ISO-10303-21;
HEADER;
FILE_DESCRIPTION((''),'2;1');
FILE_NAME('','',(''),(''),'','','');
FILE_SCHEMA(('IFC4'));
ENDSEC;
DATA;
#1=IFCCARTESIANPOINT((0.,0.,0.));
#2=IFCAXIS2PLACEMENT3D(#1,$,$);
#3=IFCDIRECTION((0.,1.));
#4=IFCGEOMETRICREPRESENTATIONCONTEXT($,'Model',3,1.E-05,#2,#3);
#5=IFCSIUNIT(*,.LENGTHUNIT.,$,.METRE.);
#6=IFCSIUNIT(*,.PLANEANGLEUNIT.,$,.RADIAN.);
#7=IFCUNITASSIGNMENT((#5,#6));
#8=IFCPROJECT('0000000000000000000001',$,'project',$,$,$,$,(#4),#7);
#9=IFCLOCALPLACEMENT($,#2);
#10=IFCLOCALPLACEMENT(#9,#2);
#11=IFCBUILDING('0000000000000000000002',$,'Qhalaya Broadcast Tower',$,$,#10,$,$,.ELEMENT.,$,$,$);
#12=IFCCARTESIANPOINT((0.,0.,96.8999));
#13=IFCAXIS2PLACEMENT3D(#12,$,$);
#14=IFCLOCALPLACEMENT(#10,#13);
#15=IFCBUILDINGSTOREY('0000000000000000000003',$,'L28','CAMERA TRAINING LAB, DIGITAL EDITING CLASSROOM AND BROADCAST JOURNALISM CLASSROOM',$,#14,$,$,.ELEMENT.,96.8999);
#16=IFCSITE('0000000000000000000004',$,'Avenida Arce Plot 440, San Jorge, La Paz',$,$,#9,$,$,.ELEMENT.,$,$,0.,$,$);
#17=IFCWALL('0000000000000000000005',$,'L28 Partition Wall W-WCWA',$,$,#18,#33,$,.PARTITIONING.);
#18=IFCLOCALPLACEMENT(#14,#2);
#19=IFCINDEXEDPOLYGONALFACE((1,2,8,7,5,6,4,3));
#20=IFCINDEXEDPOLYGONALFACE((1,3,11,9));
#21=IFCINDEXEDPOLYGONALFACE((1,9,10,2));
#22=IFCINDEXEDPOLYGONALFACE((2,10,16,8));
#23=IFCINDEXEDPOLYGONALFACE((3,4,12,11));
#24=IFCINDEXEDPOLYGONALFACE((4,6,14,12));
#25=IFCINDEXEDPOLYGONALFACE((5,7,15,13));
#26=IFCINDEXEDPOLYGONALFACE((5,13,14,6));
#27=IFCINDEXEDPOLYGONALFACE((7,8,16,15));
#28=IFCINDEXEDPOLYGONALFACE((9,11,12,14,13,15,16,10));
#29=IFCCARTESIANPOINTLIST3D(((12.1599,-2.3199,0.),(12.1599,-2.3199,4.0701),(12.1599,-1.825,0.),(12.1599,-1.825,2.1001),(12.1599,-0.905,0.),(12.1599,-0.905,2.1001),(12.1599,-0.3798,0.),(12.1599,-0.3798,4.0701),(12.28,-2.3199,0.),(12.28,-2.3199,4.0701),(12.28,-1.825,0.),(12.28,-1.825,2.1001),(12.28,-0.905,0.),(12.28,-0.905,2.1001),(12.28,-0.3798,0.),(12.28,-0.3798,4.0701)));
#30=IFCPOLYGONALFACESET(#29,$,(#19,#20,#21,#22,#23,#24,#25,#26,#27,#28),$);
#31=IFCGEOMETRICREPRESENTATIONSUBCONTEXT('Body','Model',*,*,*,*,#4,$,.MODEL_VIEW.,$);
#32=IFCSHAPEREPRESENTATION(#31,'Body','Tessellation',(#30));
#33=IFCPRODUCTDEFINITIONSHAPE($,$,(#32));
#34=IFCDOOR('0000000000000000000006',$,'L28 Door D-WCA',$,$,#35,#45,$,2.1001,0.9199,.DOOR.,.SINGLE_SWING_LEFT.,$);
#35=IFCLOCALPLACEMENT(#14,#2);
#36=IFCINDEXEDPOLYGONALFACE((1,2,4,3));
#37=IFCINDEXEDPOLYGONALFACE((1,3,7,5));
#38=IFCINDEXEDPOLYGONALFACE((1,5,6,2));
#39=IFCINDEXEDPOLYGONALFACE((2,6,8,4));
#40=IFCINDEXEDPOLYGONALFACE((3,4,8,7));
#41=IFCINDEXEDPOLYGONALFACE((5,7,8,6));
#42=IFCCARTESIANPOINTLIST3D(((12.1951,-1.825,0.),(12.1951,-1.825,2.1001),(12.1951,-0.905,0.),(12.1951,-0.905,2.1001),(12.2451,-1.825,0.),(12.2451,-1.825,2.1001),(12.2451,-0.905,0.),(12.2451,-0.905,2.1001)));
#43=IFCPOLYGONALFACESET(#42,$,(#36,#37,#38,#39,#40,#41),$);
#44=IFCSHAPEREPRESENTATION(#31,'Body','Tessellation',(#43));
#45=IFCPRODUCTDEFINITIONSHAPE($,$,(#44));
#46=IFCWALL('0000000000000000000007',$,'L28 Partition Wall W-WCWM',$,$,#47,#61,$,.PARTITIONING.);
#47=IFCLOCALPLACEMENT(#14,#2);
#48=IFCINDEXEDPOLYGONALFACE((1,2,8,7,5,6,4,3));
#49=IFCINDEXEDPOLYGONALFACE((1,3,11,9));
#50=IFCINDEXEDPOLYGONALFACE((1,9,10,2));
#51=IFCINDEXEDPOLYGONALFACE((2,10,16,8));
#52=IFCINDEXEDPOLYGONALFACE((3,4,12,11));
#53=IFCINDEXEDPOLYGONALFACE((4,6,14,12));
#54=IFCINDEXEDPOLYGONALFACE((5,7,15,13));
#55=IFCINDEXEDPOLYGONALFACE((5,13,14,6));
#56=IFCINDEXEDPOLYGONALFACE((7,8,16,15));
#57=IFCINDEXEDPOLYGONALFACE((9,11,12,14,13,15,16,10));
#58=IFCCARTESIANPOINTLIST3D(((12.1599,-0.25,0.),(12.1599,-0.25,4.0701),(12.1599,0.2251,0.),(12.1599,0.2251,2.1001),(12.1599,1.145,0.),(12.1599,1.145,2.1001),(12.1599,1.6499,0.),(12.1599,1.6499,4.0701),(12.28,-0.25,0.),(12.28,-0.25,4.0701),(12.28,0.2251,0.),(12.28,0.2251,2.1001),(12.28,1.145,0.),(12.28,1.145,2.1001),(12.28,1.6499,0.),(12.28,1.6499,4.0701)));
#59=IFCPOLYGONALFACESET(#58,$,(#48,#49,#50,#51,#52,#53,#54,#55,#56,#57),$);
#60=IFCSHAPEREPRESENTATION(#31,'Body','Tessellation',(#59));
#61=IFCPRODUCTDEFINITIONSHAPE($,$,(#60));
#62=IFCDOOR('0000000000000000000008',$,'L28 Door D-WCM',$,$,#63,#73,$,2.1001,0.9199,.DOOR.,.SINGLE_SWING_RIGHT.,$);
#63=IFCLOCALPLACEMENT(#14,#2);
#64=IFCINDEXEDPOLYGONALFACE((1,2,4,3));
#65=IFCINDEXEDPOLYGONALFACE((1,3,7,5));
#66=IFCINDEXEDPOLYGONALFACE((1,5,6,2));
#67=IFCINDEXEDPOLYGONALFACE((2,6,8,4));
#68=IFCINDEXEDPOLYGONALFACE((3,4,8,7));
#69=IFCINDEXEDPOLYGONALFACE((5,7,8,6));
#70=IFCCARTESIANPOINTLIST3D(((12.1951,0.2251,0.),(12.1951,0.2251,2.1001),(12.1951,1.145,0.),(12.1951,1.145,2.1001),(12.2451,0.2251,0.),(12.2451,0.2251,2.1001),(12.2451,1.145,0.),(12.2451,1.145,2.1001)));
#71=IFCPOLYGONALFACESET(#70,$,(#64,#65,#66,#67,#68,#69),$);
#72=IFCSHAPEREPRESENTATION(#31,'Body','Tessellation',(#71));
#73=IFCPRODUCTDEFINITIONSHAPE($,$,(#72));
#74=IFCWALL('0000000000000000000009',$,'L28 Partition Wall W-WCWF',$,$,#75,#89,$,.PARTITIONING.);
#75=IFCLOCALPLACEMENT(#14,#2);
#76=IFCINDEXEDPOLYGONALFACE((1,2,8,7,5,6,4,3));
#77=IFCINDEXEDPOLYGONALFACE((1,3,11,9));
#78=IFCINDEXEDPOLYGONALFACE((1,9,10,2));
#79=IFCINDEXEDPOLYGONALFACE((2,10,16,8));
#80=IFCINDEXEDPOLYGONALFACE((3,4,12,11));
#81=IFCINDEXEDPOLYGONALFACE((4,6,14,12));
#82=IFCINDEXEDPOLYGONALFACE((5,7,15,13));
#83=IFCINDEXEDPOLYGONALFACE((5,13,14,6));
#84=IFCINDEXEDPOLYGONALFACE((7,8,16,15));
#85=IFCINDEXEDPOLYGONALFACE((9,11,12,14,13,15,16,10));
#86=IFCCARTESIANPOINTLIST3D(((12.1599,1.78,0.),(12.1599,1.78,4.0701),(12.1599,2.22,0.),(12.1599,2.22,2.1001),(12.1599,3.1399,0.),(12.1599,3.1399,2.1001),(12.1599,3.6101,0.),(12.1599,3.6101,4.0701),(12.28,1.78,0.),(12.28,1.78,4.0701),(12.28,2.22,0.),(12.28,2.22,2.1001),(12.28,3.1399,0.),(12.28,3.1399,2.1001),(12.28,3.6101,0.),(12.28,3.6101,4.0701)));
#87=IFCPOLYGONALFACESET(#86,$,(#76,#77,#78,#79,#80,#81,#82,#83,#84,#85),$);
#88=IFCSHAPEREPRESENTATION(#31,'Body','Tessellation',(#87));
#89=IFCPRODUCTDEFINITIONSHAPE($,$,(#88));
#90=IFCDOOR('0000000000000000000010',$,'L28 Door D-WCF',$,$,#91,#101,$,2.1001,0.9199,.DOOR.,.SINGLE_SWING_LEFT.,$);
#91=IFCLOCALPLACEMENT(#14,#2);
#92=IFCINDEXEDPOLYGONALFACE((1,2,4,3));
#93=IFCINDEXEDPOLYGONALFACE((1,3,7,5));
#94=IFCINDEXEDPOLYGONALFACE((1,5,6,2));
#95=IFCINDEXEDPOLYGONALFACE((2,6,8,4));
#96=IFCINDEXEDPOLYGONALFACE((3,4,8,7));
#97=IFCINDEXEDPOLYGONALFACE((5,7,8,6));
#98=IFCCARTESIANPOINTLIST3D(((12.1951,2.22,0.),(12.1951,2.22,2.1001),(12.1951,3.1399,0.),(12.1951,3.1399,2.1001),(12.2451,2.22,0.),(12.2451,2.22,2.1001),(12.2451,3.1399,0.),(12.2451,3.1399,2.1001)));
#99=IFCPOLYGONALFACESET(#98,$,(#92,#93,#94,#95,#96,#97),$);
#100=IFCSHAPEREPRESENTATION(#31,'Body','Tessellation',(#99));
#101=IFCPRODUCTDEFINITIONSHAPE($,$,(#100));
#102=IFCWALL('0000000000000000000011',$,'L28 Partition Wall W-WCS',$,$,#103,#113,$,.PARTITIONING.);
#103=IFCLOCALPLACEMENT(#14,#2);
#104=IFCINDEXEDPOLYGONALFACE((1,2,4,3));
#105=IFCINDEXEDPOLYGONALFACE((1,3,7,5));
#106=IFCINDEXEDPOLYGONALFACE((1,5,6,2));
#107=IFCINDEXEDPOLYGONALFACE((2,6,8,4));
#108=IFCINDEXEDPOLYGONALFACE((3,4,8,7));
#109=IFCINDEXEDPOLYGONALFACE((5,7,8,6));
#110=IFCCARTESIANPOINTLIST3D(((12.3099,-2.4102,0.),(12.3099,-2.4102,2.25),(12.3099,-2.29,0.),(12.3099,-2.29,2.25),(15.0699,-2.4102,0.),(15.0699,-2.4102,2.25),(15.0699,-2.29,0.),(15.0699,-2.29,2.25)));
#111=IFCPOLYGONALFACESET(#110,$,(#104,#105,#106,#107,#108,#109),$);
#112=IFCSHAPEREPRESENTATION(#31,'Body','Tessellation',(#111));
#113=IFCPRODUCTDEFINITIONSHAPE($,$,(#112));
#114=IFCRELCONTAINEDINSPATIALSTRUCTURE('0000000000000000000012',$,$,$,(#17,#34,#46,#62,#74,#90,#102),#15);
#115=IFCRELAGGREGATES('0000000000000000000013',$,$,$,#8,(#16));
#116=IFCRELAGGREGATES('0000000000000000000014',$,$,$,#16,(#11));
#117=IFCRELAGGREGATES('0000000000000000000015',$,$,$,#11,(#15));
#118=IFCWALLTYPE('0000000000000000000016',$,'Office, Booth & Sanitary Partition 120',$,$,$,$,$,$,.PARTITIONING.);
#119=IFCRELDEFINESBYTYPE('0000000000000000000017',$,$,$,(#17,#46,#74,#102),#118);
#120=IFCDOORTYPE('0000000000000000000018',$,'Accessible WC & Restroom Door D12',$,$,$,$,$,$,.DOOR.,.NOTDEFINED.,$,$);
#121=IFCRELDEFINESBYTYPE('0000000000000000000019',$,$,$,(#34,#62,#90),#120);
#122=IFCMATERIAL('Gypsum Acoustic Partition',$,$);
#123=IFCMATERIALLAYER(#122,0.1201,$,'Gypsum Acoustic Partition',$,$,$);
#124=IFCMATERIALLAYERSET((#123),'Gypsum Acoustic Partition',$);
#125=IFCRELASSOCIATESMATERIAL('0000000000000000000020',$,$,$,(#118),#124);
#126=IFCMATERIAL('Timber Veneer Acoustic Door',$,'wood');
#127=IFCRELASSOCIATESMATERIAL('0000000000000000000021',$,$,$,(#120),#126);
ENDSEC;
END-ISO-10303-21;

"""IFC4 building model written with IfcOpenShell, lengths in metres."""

from ifc_helpers import new_model, si_unit, direction, frame, frame_2d, origin, place, context, subcontext, project, spatial, rectangle, extrude, material, layer, layer_set, type_object, element, fill, save


model = new_model("IFC4")

# Units and contexts
model_context = context("Model", 3, precision=1e-05, world=origin(), true_north=direction((0.0, 1.0)))
body_context = subcontext(model_context, "Body", "Model", "MODEL_VIEW")
ifc_project = project(units=[si_unit("LENGTHUNIT", "METRE"), si_unit("PLANEANGLEUNIT", "RADIAN")], contexts=[model_context])

# Site, building, storey
site_placement = place(None, origin())
site = spatial("IfcSite", under=ifc_project, at=site_placement, Name="Avenida Arce Plot 440, San Jorge, La Paz", CompositionType="ELEMENT", RefElevation=0.0)
building_placement = place(site_placement, origin())
building = spatial("IfcBuilding", under=site, at=building_placement, Name="Qhalaya Broadcast Tower", CompositionType="ELEMENT")
storey_placement = place(building_placement, frame((0.0, 0.0, 96.8999)))
storey = spatial("IfcBuildingStorey", under=building, at=storey_placement, Name="L28", Description="CAMERA TRAINING LAB, DIGITAL EDITING CLASSROOM AND BROADCAST JOURNALISM CLASSROOM", CompositionType="ELEMENT", Elevation=96.8999)

# Shared definitions
ifc_material_1 = material(Name="Gypsum Acoustic Partition")
ifc_material_2 = material(Name="Timber Veneer Acoustic Door", Category="wood")

# Shared definitions
ifc_layer_1 = layer(ifc_material_1, 0.1201, Name="Gypsum Acoustic Partition")
ifc_layer_set_1 = layer_set([ifc_layer_1], Name="Gypsum Acoustic Partition")
wall_type_1 = type_object("IfcWallType", Name="Office, Booth & Sanitary Partition 120", PredefinedType="PARTITIONING", material=ifc_layer_set_1)

# Walls, openings, doors
wall_1_placement = place(storey_placement, frame((12.22, -2.3201, 0.0), z_axis=(0.0, 0.0, 1.0), x_axis=(0.0, 1.0, 0.0)))
wall_1 = element("IfcWall", 1, at=wall_1_placement, inside=storey, type_object=wall_type_1, Name="L28 Partition Wall W-WCWA", PredefinedType="PARTITIONING", context=body_context, shape_type="SweptSolid", body=[
    extrude(rectangle(XDim=1.9402, YDim=0.1201, at=frame_2d((0.9702, 0.0))), origin(), (0.0, 0.0, 1.0), 4.0701),
])
opening_1_placement = place(wall_1_placement, frame((0.4951, 0.0, 0.0)))
opening_1 = element("IfcOpeningElement", 2, at=opening_1_placement, cuts=wall_1, PredefinedType="OPENING", context=body_context, shape_type="SweptSolid", body=[
    extrude(rectangle(XDim=0.9199, YDim=2.1001, at=frame_2d((0.46, 1.05))), frame((0.0, 0.072, 0.0), z_axis=(0.0, -1.0, 0.0), x_axis=(1.0, 0.0, 0.0)), (0.0, 0.0, 1.0), 0.144),
])
door_type_1 = type_object("IfcDoorType", Name="Accessible WC & Restroom Door D12", OperationType="NOTDEFINED", PredefinedType="DOOR", material=ifc_material_2)
door_1_placement = place(opening_1_placement, origin())
door_1 = element("IfcDoor", 3, at=door_1_placement, inside=storey, type_object=door_type_1, Name="L28 Door D-WCA", OperationType="SINGLE_SWING_LEFT", OverallHeight=2.1001, OverallWidth=0.9199, PredefinedType="DOOR", context=body_context, shape_type="SweptSolid", body=[
    extrude(rectangle(XDim=0.9199, YDim=2.1001, at=frame_2d((0.46, 1.05))), frame((0.0, 0.0249, 0.0), z_axis=(0.0, -1.0, 0.0), x_axis=(1.0, 0.0, 0.0)), (0.0, 0.0, 1.0), 0.05),
])
fill(opening_1, door_1)
wall_2_placement = place(storey_placement, frame((12.22, -0.25, 0.0), z_axis=(0.0, 0.0, 1.0), x_axis=(0.0, 1.0, 0.0)))
wall_2 = element("IfcWall", 4, at=wall_2_placement, inside=storey, type_object=wall_type_1, Name="L28 Partition Wall W-WCWM", PredefinedType="PARTITIONING", context=body_context, shape_type="SweptSolid", body=[
    extrude(rectangle(XDim=1.8999, YDim=0.1201, at=frame_2d((0.95, 0.0))), origin(), (0.0, 0.0, 1.0), 4.0701),
])
opening_2_placement = place(wall_2_placement, frame((0.4751, 0.0, 0.0)))
opening_2 = element("IfcOpeningElement", 5, at=opening_2_placement, cuts=wall_2, PredefinedType="OPENING", context=body_context, shape_type="SweptSolid", body=[
    extrude(rectangle(XDim=0.9199, YDim=2.1001, at=frame_2d((0.46, 1.05))), frame((0.0, 0.072, 0.0), z_axis=(0.0, -1.0, 0.0), x_axis=(1.0, 0.0, 0.0)), (0.0, 0.0, 1.0), 0.144),
])
door_2_placement = place(opening_2_placement, origin())
door_2 = element("IfcDoor", 6, at=door_2_placement, inside=storey, type_object=door_type_1, Name="L28 Door D-WCM", OperationType="SINGLE_SWING_RIGHT", OverallHeight=2.1001, OverallWidth=0.9199, PredefinedType="DOOR", context=body_context, shape_type="SweptSolid", body=[
    extrude(rectangle(XDim=0.9199, YDim=2.1001, at=frame_2d((0.46, 1.05))), frame((0.0, 0.0249, 0.0), z_axis=(0.0, -1.0, 0.0), x_axis=(1.0, 0.0, 0.0)), (0.0, 0.0, 1.0), 0.05),
])
fill(opening_2, door_2)
wall_3_placement = place(storey_placement, frame((12.22, 1.78, 0.0), z_axis=(0.0, 0.0, 1.0), x_axis=(0.0, 1.0, 0.0)))
wall_3 = element("IfcWall", 7, at=wall_3_placement, inside=storey, type_object=wall_type_1, Name="L28 Partition Wall W-WCWF", PredefinedType="PARTITIONING", context=body_context, shape_type="SweptSolid", body=[
    extrude(rectangle(XDim=1.8301, YDim=0.1201, at=frame_2d((0.915, 0.0))), origin(), (0.0, 0.0, 1.0), 4.0701),
])
opening_3_placement = place(wall_3_placement, frame((0.4399, 0.0, 0.0)))
opening_3 = element("IfcOpeningElement", 8, at=opening_3_placement, cuts=wall_3, PredefinedType="OPENING", context=body_context, shape_type="SweptSolid", body=[
    extrude(rectangle(XDim=0.9199, YDim=2.1001, at=frame_2d((0.46, 1.05))), frame((0.0, 0.072, 0.0), z_axis=(0.0, -1.0, 0.0), x_axis=(1.0, 0.0, 0.0)), (0.0, 0.0, 1.0), 0.144),
])
door_3_placement = place(opening_3_placement, origin())
door_3 = element("IfcDoor", 9, at=door_3_placement, inside=storey, type_object=door_type_1, Name="L28 Door D-WCF", OperationType="SINGLE_SWING_LEFT", OverallHeight=2.1001, OverallWidth=0.9199, PredefinedType="DOOR", context=body_context, shape_type="SweptSolid", body=[
    extrude(rectangle(XDim=0.9199, YDim=2.1001, at=frame_2d((0.46, 1.05))), frame((0.0, 0.0249, 0.0), z_axis=(0.0, -1.0, 0.0), x_axis=(1.0, 0.0, 0.0)), (0.0, 0.0, 1.0), 0.05),
])
fill(opening_3, door_3)

# Wall
wall_4_placement = place(storey_placement, frame((12.3101, -2.3501, 0.0), z_axis=(0.0, 0.0, 1.0), x_axis=(1.0, 0.0, 0.0)))
element("IfcWall", 10, at=wall_4_placement, inside=storey, type_object=wall_type_1, Name="L28 Partition Wall W-WCS", PredefinedType="PARTITIONING", context=body_context, shape_type="SweptSolid", body=[
    extrude(rectangle(XDim=2.76, YDim=0.1201, at=frame_2d((1.3799, 0.0))), origin(), (0.0, 0.0, 1.0), 2.25),
])

save(model, "model.ifc")
